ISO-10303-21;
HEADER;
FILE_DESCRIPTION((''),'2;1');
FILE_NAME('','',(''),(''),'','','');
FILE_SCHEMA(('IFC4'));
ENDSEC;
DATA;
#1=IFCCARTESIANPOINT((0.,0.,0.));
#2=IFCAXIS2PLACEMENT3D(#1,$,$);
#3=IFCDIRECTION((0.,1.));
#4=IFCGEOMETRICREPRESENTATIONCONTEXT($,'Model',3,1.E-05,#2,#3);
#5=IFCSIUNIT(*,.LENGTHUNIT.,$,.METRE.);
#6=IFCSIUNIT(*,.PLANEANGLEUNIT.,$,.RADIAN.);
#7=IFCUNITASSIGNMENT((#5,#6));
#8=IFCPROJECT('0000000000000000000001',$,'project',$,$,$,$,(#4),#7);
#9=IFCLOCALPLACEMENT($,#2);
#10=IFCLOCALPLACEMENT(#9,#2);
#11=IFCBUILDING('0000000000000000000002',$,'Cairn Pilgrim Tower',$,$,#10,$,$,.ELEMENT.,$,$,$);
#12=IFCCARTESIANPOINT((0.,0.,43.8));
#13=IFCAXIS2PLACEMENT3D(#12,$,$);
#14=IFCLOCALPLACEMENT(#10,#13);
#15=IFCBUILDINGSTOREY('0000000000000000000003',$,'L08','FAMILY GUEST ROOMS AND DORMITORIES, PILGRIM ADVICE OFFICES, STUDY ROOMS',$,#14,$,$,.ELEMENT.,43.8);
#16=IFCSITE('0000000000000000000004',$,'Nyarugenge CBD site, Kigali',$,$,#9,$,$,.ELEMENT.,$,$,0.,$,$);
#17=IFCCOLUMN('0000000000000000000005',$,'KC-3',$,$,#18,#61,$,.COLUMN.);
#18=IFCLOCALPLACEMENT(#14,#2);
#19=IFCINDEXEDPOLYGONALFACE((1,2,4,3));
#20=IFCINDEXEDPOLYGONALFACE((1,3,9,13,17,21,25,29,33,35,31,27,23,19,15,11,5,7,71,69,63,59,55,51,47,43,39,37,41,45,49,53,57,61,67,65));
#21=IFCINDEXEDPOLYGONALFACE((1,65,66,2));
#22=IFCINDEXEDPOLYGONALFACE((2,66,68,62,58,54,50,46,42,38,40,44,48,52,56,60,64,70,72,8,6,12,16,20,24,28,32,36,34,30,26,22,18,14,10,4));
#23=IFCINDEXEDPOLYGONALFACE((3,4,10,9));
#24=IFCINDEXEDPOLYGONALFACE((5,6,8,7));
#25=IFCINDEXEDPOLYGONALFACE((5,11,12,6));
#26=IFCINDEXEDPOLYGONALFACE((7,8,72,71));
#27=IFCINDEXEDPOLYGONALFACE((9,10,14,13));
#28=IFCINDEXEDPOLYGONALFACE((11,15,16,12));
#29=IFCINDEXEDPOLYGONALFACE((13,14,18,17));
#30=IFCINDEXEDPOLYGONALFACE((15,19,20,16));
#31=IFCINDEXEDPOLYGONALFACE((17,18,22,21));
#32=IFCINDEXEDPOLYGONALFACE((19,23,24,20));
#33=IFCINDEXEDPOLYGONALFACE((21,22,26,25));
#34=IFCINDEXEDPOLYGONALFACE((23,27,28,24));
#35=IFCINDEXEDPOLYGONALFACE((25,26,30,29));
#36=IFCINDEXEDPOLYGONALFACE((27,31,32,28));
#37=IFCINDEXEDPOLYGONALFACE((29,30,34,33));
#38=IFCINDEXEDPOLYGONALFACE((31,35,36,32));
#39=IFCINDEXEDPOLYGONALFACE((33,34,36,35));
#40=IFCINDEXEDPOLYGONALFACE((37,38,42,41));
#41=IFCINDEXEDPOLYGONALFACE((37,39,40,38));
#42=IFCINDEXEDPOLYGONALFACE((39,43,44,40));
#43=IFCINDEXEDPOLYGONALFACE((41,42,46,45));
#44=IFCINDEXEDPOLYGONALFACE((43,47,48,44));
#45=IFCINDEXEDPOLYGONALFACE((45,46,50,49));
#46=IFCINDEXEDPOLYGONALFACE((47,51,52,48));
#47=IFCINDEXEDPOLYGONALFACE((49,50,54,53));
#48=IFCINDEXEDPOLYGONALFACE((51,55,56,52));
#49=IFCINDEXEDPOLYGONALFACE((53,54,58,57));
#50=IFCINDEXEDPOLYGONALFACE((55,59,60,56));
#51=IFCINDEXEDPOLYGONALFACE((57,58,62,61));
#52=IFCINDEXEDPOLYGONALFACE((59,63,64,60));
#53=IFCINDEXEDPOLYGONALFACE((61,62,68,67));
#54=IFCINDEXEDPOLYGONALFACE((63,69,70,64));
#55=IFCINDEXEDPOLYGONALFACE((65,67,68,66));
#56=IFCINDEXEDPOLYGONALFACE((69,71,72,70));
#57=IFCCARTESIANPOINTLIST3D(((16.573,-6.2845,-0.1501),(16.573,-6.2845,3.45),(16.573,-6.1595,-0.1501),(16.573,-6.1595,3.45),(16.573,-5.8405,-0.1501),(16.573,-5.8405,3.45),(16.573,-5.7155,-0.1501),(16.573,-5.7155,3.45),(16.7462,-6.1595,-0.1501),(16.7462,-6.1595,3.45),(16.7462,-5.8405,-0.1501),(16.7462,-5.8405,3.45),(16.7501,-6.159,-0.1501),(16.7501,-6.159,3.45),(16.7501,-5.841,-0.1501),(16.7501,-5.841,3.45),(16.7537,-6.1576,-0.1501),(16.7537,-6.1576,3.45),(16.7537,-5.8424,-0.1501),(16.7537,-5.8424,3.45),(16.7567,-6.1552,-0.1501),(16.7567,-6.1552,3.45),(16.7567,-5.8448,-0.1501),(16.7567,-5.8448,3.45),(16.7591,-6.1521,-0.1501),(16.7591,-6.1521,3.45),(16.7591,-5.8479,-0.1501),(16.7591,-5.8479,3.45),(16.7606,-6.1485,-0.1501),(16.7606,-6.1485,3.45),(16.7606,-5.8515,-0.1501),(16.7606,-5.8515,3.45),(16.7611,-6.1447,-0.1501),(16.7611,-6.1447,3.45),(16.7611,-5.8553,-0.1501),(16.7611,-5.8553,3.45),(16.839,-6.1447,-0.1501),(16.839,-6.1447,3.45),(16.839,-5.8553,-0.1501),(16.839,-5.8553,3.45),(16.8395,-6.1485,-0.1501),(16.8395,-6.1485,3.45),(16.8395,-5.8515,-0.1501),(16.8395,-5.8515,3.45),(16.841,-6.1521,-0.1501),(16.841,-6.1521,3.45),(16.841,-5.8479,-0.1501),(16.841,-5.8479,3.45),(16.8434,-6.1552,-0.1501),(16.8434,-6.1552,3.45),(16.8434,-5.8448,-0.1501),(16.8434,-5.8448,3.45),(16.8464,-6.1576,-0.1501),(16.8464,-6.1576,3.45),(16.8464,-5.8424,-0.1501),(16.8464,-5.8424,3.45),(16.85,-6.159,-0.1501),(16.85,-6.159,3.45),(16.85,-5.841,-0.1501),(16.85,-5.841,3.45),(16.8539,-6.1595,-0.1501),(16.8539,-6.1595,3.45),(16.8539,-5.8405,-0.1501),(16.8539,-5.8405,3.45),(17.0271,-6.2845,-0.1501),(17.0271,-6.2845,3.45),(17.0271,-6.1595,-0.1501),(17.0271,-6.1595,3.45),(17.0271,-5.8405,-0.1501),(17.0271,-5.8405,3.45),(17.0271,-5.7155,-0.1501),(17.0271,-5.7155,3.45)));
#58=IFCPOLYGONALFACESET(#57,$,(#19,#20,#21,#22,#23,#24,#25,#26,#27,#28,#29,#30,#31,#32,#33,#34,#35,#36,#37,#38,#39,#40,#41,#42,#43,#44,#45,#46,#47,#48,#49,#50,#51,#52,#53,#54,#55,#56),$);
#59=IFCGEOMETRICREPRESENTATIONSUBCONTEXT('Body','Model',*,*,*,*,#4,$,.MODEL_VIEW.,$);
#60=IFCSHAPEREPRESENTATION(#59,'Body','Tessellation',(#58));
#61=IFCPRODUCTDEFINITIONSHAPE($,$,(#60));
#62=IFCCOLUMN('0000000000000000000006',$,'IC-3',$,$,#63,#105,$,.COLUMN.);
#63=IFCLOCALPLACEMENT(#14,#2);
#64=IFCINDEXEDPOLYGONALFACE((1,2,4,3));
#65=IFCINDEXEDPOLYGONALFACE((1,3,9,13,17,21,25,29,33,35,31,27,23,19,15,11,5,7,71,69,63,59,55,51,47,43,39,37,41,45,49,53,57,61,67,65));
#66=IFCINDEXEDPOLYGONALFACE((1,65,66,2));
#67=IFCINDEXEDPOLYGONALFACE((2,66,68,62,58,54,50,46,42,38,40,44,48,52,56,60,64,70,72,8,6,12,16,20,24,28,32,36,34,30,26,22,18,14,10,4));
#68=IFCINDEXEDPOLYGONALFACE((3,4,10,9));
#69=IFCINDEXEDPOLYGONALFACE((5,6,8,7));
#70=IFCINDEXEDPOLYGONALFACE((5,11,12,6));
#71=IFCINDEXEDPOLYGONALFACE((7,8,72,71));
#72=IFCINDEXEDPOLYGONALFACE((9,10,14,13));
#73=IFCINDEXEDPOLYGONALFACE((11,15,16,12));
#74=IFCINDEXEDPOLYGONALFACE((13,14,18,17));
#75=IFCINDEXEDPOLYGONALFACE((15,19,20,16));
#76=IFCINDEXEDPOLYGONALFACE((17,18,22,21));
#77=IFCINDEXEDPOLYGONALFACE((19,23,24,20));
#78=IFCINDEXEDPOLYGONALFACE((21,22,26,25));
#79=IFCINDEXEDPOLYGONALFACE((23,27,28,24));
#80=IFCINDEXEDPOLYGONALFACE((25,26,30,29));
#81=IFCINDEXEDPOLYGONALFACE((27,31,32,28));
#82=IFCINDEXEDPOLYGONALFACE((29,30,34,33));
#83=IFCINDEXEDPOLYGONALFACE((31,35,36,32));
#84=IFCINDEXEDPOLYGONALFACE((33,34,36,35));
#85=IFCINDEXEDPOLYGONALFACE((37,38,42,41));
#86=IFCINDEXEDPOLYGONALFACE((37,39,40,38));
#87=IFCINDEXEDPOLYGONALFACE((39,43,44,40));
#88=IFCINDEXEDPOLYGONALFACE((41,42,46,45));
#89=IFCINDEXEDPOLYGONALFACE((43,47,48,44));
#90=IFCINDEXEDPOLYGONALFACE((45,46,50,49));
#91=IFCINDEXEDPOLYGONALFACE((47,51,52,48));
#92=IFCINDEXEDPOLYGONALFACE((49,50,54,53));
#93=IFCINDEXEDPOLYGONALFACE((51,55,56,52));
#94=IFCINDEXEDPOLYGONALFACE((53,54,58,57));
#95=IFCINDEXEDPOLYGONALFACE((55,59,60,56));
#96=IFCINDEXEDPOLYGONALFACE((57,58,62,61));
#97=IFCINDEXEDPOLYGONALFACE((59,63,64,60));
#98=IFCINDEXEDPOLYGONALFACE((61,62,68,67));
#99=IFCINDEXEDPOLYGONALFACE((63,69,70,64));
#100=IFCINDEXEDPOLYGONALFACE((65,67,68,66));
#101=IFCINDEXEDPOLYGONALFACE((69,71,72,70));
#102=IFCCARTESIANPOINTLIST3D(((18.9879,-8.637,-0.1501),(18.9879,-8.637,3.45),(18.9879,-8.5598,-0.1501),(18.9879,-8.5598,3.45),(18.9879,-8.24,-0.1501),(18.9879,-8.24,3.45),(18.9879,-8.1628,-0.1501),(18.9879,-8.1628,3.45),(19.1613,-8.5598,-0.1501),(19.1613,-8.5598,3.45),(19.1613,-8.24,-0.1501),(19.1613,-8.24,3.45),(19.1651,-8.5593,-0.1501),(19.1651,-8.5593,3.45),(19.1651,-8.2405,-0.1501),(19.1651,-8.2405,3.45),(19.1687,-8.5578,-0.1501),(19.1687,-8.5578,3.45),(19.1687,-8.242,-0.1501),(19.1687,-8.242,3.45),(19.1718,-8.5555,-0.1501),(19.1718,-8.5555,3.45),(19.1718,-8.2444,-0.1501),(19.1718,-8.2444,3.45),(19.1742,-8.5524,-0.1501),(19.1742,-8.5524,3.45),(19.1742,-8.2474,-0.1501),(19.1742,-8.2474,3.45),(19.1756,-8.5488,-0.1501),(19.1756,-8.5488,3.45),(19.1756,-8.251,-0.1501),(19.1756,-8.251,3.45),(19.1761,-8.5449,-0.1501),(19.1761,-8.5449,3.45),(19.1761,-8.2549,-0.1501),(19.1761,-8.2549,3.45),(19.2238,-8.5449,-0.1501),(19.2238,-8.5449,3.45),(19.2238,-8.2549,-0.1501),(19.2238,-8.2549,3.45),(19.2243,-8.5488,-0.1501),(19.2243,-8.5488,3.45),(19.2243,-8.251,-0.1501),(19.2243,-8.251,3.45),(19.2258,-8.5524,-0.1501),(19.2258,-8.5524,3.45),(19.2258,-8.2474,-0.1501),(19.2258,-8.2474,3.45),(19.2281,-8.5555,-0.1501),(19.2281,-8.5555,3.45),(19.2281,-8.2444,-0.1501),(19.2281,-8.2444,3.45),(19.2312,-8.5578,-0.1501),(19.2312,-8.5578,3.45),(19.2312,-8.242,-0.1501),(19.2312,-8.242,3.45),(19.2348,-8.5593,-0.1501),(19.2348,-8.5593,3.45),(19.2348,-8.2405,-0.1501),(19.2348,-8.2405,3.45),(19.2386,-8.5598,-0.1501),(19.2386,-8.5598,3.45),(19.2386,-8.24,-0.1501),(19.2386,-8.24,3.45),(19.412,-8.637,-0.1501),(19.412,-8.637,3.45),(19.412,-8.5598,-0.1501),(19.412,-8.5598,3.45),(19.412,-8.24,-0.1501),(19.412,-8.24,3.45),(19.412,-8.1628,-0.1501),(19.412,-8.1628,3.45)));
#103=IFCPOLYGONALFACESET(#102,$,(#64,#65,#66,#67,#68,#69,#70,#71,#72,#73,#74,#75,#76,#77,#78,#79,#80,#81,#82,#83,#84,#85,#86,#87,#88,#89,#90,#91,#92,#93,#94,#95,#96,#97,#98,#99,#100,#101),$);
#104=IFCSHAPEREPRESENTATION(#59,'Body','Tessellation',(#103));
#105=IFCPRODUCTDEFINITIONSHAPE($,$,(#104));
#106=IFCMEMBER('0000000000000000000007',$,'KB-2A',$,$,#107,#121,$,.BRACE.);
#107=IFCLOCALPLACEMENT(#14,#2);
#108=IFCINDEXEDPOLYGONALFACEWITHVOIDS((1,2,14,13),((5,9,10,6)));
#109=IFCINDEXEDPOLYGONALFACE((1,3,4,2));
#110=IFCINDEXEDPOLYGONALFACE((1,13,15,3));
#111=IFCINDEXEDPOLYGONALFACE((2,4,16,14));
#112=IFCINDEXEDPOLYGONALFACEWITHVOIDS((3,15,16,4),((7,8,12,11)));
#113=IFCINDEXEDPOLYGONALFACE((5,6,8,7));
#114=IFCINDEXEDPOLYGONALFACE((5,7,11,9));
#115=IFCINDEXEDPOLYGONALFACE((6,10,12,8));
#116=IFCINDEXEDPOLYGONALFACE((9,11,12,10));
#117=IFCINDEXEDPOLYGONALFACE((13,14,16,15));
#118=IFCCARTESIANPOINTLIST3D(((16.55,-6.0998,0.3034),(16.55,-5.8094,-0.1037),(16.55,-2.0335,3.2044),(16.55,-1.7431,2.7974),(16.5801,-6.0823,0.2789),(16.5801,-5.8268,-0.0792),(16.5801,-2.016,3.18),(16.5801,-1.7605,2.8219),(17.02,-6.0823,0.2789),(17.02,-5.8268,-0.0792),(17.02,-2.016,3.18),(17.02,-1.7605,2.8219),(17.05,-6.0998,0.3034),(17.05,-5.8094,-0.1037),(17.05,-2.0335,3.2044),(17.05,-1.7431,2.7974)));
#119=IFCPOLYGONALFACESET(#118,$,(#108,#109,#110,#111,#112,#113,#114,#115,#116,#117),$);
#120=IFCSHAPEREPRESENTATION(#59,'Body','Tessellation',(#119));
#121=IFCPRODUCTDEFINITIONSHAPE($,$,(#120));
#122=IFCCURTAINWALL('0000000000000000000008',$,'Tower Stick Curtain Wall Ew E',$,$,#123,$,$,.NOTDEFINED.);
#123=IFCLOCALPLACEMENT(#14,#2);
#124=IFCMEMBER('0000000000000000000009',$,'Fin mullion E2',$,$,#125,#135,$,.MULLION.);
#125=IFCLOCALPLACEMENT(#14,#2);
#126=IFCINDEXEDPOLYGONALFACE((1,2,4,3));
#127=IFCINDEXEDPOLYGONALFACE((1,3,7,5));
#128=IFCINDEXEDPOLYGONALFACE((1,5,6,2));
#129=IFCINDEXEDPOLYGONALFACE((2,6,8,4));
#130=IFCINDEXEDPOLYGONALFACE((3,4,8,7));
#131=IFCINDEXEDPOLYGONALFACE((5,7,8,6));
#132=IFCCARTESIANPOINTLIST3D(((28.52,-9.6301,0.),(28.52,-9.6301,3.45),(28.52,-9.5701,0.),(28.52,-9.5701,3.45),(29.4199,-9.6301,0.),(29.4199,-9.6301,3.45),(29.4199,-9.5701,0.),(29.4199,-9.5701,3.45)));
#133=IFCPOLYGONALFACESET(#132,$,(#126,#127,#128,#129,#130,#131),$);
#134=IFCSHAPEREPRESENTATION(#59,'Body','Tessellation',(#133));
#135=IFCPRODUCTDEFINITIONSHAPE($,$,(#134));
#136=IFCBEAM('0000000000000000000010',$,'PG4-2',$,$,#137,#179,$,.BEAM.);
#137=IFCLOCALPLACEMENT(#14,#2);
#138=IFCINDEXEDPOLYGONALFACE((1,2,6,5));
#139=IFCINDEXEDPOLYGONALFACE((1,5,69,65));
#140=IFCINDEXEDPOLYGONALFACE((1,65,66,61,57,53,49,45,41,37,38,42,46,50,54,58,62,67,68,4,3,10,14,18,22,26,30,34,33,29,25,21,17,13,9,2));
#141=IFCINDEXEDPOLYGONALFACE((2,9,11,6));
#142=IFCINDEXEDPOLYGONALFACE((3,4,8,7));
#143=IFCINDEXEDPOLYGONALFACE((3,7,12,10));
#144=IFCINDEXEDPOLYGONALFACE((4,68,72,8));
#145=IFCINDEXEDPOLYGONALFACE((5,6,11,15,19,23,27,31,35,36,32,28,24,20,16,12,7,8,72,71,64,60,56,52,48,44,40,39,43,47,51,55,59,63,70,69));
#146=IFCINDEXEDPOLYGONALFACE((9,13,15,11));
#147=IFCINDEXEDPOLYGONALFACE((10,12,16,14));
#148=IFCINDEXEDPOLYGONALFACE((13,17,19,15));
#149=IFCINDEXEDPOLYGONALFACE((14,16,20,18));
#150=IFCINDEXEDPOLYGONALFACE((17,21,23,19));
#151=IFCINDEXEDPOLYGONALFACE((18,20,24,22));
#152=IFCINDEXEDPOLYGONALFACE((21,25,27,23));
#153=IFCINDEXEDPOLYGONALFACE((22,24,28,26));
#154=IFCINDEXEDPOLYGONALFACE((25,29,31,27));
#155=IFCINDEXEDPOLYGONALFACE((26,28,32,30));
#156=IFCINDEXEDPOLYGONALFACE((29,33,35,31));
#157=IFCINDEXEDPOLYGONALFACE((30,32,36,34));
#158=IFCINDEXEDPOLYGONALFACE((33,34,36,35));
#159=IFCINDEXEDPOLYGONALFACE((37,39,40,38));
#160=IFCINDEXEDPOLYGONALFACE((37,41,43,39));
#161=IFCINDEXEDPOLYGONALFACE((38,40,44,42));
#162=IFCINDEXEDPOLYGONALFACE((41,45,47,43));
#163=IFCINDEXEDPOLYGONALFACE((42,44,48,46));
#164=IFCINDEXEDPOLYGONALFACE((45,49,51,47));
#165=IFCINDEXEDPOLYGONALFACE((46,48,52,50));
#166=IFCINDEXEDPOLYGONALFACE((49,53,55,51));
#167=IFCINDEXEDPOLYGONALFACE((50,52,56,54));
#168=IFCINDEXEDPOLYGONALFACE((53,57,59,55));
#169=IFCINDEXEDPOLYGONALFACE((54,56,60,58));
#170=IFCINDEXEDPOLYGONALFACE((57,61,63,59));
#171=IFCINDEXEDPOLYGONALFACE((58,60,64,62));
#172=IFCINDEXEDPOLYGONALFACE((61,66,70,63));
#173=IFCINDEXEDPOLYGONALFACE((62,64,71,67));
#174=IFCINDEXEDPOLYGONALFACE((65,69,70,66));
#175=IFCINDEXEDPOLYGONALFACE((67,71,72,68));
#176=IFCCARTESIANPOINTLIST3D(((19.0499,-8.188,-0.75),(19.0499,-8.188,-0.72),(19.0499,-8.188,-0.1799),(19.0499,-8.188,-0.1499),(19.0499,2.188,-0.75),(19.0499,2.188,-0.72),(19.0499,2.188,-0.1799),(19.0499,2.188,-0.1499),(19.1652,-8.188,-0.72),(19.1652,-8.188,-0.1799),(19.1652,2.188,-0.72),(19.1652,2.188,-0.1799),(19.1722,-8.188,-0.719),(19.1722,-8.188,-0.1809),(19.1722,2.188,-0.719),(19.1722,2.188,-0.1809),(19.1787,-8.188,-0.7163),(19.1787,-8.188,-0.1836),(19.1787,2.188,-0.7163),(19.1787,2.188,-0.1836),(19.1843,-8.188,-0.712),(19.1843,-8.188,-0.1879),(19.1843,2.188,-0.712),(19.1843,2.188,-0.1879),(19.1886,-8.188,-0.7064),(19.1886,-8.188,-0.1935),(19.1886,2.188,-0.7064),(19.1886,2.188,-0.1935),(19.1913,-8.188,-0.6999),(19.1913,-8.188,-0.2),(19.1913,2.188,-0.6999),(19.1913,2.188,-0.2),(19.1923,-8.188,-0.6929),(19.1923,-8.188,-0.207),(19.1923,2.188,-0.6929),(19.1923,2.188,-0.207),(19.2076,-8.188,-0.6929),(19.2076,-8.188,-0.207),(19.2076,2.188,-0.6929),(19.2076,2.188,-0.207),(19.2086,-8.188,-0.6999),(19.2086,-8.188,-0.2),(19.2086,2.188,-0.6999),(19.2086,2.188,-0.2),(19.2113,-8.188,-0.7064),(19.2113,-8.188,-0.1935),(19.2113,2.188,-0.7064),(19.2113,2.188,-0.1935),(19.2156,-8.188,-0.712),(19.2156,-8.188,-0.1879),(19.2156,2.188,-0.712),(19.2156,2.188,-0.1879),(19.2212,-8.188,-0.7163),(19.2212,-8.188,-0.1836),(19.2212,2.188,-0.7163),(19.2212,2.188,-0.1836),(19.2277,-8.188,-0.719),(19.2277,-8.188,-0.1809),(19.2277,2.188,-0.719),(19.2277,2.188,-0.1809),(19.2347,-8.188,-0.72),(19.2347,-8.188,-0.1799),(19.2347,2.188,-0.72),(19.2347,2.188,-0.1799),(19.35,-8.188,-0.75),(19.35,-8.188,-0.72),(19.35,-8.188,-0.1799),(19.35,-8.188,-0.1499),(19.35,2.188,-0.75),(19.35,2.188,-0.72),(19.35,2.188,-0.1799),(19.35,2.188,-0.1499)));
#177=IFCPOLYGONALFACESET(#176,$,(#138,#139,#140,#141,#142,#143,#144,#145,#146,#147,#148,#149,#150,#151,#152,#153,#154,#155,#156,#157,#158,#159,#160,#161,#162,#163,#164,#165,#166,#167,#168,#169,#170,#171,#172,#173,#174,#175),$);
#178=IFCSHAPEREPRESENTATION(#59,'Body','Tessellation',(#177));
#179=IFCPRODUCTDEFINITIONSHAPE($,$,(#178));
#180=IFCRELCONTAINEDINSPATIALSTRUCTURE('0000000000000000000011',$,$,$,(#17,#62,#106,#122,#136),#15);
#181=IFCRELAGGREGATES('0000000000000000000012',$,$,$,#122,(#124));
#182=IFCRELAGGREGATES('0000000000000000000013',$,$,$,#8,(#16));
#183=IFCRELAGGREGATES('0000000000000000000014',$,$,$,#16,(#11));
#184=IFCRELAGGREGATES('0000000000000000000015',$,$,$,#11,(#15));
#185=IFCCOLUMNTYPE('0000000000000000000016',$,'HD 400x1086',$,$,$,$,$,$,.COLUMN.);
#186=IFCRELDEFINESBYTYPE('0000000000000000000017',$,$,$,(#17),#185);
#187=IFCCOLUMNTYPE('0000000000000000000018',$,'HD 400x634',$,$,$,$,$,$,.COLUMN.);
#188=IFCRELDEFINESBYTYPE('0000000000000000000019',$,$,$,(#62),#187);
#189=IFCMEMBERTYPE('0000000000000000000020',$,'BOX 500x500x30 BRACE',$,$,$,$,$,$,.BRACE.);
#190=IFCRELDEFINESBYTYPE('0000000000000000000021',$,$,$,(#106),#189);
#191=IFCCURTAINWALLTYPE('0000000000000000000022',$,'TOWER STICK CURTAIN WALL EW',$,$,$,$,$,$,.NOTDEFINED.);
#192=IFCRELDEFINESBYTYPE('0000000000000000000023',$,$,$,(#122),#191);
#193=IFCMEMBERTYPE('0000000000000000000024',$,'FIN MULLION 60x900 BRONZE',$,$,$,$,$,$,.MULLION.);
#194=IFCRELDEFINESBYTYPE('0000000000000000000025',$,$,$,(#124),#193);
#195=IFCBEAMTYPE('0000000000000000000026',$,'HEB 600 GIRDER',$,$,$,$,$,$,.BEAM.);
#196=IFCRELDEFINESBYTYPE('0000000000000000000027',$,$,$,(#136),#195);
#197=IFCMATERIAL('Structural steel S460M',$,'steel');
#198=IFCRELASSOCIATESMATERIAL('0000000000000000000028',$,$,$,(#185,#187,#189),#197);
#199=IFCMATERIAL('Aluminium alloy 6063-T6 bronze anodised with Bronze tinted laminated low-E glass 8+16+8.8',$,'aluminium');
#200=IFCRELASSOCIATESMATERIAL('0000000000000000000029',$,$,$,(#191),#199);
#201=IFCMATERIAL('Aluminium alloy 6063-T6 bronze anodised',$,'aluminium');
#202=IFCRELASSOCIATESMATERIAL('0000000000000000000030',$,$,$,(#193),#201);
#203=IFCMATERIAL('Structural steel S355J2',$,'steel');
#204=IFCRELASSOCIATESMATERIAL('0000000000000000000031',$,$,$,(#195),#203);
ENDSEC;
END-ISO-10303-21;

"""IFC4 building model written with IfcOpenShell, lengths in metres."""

from ifc_helpers import new_model, si_unit, direction, frame, origin, origin_2d, place, context, subcontext, project, spatial, rectangle, hollow_rectangle, i_section, extrude, material, material_profile, profile_set, type_object, element, aggregate, save


model = new_model("IFC4")

# Units and contexts
model_context = context("Model", 3, precision=1e-05, world=origin(), true_north=direction((0.0, 1.0)))
body_context = subcontext(model_context, "Body", "Model", "MODEL_VIEW")
ifc_project = project(units=[si_unit("LENGTHUNIT", "METRE"), si_unit("PLANEANGLEUNIT", "RADIAN")], contexts=[model_context])

# Site, building, storey
site_placement = place(None, origin())
site = spatial("IfcSite", under=ifc_project, at=site_placement, Name="Nyarugenge CBD site, Kigali", CompositionType="ELEMENT", RefElevation=0.0)
building_placement = place(site_placement, origin())
building = spatial("IfcBuilding", under=site, at=building_placement, Name="Cairn Pilgrim Tower", CompositionType="ELEMENT")
storey_placement = place(building_placement, frame((0.0, 0.0, 43.8)))
storey = spatial("IfcBuildingStorey", under=building, at=storey_placement, Name="L08", Description="FAMILY GUEST ROOMS AND DORMITORIES, PILGRIM ADVICE OFFICES, STUDY ROOMS", CompositionType="ELEMENT", Elevation=43.8)

# Columns
ifc_material_1 = material(Name="Structural steel S460M", Category="steel")
ifc_material_profile_1 = material_profile(ifc_material_1, i_section(OverallWidth=0.4541, OverallDepth=0.5691, WebThickness=0.0779, FlangeThickness=0.125, FilletRadius=0.0149, at=origin_2d()), Name="HD 400x1086")
ifc_profile_set_1 = profile_set([ifc_material_profile_1], Name="Structural steel S460M")
column_type_1 = type_object("IfcColumnType", Name="HD 400x1086", PredefinedType="COLUMN", material=ifc_profile_set_1)
column_1_placement = place(storey_placement, frame((16.8, -6.0, -0.1501), z_axis=(0.0, 0.0, 1.0), x_axis=(1.0, 0.0, 0.0)))
element("IfcColumn", 1, at=column_1_placement, inside=storey, type_object=column_type_1, Name="KC-3", PredefinedType="COLUMN", context=body_context, shape_type="SweptSolid", body=[
    extrude(i_section(OverallWidth=0.4541, OverallDepth=0.5691, WebThickness=0.0779, FlangeThickness=0.125, FilletRadius=0.0149, at=origin_2d()), origin(), (0.0, 0.0, 1.0), 3.6001),
])
ifc_material_profile_2 = material_profile(ifc_material_1, i_section(OverallWidth=0.4241, OverallDepth=0.4741, WebThickness=0.0476, FlangeThickness=0.0771, FilletRadius=0.0149, at=origin_2d()), Name="HD 400x634")
ifc_profile_set_2 = profile_set([ifc_material_profile_2], Name="Structural steel S460M")
column_type_2 = type_object("IfcColumnType", Name="HD 400x634", PredefinedType="COLUMN", material=ifc_profile_set_2)
column_2_placement = place(storey_placement, frame((19.2, -8.3999, -0.1501), z_axis=(0.0, 0.0, 1.0), x_axis=(1.0, 0.0, 0.0)))
element("IfcColumn", 2, at=column_2_placement, inside=storey, type_object=column_type_2, Name="IC-3", PredefinedType="COLUMN", context=body_context, shape_type="SweptSolid", body=[
    extrude(i_section(OverallWidth=0.4241, OverallDepth=0.4741, WebThickness=0.0476, FlangeThickness=0.0771, FilletRadius=0.0149, at=origin_2d()), origin(), (0.0, 0.0, 1.0), 3.6001),
])

# Member
ifc_material_profile_3 = material_profile(ifc_material_1, hollow_rectangle(XDim=0.5, YDim=0.5, WallThickness=0.03, at=origin_2d()), Name="BOX 500x500x30")
ifc_profile_set_3 = profile_set([ifc_material_profile_3], Name="Structural steel S460M")
member_type_1 = type_object("IfcMemberType", Name="BOX 500x500x30 BRACE", PredefinedType="BRACE", material=ifc_profile_set_3)
member_1_placement = place(storey_placement, frame((16.8, -5.9546, 0.0999), z_axis=(0.0, 0.81406, 0.58078), x_axis=(-1.0, 0.0, 0.0)))
element("IfcMember", 3, at=member_1_placement, inside=storey, type_object=member_type_1, Name="KB-2A", PredefinedType="BRACE", context=body_context, shape_type="SweptSolid", body=[
    extrude(hollow_rectangle(XDim=0.5, YDim=0.5, WallThickness=0.03, at=origin_2d()), origin(), (0.0, 0.0, 1.0), 4.9951),
])

# Curtain wall, member
ifc_material_2 = material(Name="Aluminium alloy 6063-T6 bronze anodised with Bronze tinted laminated low-E glass 8+16+8.8", Category="aluminium")
curtain_wall_type = type_object("IfcCurtainWallType", Name="TOWER STICK CURTAIN WALL EW", PredefinedType="NOTDEFINED", material=ifc_material_2)
curtain_wall_placement = place(storey_placement, origin())
curtain_wall = element("IfcCurtainWall", 4, at=curtain_wall_placement, inside=storey, type_object=curtain_wall_type, Name="Tower Stick Curtain Wall Ew E", PredefinedType="NOTDEFINED")
ifc_material_3 = material(Name="Aluminium alloy 6063-T6 bronze anodised", Category="aluminium")
ifc_material_profile_4 = material_profile(ifc_material_3, rectangle(XDim=0.8999, YDim=0.0601, at=origin_2d()), Name="FIN MULLION 60x900 BRONZE")
ifc_profile_set_4 = profile_set([ifc_material_profile_4], Name="Aluminium alloy 6063-T6 bronze anodised")
member_type_2 = type_object("IfcMemberType", Name="FIN MULLION 60x900 BRONZE", PredefinedType="MULLION", material=ifc_profile_set_4)
member_2_placement = place(storey_placement, frame((28.97, -9.6001, 0.0), z_axis=(0.0, 0.0, 1.0), x_axis=(1.0, 0.0, 0.0)))
member_2 = element("IfcMember", 5, at=member_2_placement, type_object=member_type_2, Name="Fin mullion E2", PredefinedType="MULLION", context=body_context, shape_type="SweptSolid", body=[
    extrude(rectangle(XDim=0.8999, YDim=0.0601, at=origin_2d()), origin(), (0.0, 0.0, 1.0), 3.45),
])

# Beam
ifc_material_4 = material(Name="Structural steel S355J2", Category="steel")
ifc_material_profile_5 = material_profile(ifc_material_4, i_section(OverallWidth=0.3, OverallDepth=0.6001, WebThickness=0.0154, FlangeThickness=0.03, FilletRadius=0.0271, at=origin_2d()), Name="HEB 600")
ifc_profile_set_5 = profile_set([ifc_material_profile_5], Name="Structural steel S355J2")
beam_type_1 = type_object("IfcBeamType", Name="HEB 600 GIRDER", PredefinedType="BEAM", material=ifc_profile_set_5)
beam_1_placement = place(storey_placement, frame((19.2, -8.188, -0.45), z_axis=(0.0, 1.0, 0.0), x_axis=(-1.0, 0.0, 0.0)))
element("IfcBeam", 6, at=beam_1_placement, inside=storey, type_object=beam_type_1, Name="PG4-2", PredefinedType="BEAM", context=body_context, shape_type="SweptSolid", body=[
    extrude(i_section(OverallWidth=0.3, OverallDepth=0.6001, WebThickness=0.0154, FlangeThickness=0.03, FilletRadius=0.0271, at=origin_2d()), origin(), (0.0, 0.0, 1.0), 10.376),
])

aggregate(curtain_wall, [member_2])

save(model, "model.ifc")
